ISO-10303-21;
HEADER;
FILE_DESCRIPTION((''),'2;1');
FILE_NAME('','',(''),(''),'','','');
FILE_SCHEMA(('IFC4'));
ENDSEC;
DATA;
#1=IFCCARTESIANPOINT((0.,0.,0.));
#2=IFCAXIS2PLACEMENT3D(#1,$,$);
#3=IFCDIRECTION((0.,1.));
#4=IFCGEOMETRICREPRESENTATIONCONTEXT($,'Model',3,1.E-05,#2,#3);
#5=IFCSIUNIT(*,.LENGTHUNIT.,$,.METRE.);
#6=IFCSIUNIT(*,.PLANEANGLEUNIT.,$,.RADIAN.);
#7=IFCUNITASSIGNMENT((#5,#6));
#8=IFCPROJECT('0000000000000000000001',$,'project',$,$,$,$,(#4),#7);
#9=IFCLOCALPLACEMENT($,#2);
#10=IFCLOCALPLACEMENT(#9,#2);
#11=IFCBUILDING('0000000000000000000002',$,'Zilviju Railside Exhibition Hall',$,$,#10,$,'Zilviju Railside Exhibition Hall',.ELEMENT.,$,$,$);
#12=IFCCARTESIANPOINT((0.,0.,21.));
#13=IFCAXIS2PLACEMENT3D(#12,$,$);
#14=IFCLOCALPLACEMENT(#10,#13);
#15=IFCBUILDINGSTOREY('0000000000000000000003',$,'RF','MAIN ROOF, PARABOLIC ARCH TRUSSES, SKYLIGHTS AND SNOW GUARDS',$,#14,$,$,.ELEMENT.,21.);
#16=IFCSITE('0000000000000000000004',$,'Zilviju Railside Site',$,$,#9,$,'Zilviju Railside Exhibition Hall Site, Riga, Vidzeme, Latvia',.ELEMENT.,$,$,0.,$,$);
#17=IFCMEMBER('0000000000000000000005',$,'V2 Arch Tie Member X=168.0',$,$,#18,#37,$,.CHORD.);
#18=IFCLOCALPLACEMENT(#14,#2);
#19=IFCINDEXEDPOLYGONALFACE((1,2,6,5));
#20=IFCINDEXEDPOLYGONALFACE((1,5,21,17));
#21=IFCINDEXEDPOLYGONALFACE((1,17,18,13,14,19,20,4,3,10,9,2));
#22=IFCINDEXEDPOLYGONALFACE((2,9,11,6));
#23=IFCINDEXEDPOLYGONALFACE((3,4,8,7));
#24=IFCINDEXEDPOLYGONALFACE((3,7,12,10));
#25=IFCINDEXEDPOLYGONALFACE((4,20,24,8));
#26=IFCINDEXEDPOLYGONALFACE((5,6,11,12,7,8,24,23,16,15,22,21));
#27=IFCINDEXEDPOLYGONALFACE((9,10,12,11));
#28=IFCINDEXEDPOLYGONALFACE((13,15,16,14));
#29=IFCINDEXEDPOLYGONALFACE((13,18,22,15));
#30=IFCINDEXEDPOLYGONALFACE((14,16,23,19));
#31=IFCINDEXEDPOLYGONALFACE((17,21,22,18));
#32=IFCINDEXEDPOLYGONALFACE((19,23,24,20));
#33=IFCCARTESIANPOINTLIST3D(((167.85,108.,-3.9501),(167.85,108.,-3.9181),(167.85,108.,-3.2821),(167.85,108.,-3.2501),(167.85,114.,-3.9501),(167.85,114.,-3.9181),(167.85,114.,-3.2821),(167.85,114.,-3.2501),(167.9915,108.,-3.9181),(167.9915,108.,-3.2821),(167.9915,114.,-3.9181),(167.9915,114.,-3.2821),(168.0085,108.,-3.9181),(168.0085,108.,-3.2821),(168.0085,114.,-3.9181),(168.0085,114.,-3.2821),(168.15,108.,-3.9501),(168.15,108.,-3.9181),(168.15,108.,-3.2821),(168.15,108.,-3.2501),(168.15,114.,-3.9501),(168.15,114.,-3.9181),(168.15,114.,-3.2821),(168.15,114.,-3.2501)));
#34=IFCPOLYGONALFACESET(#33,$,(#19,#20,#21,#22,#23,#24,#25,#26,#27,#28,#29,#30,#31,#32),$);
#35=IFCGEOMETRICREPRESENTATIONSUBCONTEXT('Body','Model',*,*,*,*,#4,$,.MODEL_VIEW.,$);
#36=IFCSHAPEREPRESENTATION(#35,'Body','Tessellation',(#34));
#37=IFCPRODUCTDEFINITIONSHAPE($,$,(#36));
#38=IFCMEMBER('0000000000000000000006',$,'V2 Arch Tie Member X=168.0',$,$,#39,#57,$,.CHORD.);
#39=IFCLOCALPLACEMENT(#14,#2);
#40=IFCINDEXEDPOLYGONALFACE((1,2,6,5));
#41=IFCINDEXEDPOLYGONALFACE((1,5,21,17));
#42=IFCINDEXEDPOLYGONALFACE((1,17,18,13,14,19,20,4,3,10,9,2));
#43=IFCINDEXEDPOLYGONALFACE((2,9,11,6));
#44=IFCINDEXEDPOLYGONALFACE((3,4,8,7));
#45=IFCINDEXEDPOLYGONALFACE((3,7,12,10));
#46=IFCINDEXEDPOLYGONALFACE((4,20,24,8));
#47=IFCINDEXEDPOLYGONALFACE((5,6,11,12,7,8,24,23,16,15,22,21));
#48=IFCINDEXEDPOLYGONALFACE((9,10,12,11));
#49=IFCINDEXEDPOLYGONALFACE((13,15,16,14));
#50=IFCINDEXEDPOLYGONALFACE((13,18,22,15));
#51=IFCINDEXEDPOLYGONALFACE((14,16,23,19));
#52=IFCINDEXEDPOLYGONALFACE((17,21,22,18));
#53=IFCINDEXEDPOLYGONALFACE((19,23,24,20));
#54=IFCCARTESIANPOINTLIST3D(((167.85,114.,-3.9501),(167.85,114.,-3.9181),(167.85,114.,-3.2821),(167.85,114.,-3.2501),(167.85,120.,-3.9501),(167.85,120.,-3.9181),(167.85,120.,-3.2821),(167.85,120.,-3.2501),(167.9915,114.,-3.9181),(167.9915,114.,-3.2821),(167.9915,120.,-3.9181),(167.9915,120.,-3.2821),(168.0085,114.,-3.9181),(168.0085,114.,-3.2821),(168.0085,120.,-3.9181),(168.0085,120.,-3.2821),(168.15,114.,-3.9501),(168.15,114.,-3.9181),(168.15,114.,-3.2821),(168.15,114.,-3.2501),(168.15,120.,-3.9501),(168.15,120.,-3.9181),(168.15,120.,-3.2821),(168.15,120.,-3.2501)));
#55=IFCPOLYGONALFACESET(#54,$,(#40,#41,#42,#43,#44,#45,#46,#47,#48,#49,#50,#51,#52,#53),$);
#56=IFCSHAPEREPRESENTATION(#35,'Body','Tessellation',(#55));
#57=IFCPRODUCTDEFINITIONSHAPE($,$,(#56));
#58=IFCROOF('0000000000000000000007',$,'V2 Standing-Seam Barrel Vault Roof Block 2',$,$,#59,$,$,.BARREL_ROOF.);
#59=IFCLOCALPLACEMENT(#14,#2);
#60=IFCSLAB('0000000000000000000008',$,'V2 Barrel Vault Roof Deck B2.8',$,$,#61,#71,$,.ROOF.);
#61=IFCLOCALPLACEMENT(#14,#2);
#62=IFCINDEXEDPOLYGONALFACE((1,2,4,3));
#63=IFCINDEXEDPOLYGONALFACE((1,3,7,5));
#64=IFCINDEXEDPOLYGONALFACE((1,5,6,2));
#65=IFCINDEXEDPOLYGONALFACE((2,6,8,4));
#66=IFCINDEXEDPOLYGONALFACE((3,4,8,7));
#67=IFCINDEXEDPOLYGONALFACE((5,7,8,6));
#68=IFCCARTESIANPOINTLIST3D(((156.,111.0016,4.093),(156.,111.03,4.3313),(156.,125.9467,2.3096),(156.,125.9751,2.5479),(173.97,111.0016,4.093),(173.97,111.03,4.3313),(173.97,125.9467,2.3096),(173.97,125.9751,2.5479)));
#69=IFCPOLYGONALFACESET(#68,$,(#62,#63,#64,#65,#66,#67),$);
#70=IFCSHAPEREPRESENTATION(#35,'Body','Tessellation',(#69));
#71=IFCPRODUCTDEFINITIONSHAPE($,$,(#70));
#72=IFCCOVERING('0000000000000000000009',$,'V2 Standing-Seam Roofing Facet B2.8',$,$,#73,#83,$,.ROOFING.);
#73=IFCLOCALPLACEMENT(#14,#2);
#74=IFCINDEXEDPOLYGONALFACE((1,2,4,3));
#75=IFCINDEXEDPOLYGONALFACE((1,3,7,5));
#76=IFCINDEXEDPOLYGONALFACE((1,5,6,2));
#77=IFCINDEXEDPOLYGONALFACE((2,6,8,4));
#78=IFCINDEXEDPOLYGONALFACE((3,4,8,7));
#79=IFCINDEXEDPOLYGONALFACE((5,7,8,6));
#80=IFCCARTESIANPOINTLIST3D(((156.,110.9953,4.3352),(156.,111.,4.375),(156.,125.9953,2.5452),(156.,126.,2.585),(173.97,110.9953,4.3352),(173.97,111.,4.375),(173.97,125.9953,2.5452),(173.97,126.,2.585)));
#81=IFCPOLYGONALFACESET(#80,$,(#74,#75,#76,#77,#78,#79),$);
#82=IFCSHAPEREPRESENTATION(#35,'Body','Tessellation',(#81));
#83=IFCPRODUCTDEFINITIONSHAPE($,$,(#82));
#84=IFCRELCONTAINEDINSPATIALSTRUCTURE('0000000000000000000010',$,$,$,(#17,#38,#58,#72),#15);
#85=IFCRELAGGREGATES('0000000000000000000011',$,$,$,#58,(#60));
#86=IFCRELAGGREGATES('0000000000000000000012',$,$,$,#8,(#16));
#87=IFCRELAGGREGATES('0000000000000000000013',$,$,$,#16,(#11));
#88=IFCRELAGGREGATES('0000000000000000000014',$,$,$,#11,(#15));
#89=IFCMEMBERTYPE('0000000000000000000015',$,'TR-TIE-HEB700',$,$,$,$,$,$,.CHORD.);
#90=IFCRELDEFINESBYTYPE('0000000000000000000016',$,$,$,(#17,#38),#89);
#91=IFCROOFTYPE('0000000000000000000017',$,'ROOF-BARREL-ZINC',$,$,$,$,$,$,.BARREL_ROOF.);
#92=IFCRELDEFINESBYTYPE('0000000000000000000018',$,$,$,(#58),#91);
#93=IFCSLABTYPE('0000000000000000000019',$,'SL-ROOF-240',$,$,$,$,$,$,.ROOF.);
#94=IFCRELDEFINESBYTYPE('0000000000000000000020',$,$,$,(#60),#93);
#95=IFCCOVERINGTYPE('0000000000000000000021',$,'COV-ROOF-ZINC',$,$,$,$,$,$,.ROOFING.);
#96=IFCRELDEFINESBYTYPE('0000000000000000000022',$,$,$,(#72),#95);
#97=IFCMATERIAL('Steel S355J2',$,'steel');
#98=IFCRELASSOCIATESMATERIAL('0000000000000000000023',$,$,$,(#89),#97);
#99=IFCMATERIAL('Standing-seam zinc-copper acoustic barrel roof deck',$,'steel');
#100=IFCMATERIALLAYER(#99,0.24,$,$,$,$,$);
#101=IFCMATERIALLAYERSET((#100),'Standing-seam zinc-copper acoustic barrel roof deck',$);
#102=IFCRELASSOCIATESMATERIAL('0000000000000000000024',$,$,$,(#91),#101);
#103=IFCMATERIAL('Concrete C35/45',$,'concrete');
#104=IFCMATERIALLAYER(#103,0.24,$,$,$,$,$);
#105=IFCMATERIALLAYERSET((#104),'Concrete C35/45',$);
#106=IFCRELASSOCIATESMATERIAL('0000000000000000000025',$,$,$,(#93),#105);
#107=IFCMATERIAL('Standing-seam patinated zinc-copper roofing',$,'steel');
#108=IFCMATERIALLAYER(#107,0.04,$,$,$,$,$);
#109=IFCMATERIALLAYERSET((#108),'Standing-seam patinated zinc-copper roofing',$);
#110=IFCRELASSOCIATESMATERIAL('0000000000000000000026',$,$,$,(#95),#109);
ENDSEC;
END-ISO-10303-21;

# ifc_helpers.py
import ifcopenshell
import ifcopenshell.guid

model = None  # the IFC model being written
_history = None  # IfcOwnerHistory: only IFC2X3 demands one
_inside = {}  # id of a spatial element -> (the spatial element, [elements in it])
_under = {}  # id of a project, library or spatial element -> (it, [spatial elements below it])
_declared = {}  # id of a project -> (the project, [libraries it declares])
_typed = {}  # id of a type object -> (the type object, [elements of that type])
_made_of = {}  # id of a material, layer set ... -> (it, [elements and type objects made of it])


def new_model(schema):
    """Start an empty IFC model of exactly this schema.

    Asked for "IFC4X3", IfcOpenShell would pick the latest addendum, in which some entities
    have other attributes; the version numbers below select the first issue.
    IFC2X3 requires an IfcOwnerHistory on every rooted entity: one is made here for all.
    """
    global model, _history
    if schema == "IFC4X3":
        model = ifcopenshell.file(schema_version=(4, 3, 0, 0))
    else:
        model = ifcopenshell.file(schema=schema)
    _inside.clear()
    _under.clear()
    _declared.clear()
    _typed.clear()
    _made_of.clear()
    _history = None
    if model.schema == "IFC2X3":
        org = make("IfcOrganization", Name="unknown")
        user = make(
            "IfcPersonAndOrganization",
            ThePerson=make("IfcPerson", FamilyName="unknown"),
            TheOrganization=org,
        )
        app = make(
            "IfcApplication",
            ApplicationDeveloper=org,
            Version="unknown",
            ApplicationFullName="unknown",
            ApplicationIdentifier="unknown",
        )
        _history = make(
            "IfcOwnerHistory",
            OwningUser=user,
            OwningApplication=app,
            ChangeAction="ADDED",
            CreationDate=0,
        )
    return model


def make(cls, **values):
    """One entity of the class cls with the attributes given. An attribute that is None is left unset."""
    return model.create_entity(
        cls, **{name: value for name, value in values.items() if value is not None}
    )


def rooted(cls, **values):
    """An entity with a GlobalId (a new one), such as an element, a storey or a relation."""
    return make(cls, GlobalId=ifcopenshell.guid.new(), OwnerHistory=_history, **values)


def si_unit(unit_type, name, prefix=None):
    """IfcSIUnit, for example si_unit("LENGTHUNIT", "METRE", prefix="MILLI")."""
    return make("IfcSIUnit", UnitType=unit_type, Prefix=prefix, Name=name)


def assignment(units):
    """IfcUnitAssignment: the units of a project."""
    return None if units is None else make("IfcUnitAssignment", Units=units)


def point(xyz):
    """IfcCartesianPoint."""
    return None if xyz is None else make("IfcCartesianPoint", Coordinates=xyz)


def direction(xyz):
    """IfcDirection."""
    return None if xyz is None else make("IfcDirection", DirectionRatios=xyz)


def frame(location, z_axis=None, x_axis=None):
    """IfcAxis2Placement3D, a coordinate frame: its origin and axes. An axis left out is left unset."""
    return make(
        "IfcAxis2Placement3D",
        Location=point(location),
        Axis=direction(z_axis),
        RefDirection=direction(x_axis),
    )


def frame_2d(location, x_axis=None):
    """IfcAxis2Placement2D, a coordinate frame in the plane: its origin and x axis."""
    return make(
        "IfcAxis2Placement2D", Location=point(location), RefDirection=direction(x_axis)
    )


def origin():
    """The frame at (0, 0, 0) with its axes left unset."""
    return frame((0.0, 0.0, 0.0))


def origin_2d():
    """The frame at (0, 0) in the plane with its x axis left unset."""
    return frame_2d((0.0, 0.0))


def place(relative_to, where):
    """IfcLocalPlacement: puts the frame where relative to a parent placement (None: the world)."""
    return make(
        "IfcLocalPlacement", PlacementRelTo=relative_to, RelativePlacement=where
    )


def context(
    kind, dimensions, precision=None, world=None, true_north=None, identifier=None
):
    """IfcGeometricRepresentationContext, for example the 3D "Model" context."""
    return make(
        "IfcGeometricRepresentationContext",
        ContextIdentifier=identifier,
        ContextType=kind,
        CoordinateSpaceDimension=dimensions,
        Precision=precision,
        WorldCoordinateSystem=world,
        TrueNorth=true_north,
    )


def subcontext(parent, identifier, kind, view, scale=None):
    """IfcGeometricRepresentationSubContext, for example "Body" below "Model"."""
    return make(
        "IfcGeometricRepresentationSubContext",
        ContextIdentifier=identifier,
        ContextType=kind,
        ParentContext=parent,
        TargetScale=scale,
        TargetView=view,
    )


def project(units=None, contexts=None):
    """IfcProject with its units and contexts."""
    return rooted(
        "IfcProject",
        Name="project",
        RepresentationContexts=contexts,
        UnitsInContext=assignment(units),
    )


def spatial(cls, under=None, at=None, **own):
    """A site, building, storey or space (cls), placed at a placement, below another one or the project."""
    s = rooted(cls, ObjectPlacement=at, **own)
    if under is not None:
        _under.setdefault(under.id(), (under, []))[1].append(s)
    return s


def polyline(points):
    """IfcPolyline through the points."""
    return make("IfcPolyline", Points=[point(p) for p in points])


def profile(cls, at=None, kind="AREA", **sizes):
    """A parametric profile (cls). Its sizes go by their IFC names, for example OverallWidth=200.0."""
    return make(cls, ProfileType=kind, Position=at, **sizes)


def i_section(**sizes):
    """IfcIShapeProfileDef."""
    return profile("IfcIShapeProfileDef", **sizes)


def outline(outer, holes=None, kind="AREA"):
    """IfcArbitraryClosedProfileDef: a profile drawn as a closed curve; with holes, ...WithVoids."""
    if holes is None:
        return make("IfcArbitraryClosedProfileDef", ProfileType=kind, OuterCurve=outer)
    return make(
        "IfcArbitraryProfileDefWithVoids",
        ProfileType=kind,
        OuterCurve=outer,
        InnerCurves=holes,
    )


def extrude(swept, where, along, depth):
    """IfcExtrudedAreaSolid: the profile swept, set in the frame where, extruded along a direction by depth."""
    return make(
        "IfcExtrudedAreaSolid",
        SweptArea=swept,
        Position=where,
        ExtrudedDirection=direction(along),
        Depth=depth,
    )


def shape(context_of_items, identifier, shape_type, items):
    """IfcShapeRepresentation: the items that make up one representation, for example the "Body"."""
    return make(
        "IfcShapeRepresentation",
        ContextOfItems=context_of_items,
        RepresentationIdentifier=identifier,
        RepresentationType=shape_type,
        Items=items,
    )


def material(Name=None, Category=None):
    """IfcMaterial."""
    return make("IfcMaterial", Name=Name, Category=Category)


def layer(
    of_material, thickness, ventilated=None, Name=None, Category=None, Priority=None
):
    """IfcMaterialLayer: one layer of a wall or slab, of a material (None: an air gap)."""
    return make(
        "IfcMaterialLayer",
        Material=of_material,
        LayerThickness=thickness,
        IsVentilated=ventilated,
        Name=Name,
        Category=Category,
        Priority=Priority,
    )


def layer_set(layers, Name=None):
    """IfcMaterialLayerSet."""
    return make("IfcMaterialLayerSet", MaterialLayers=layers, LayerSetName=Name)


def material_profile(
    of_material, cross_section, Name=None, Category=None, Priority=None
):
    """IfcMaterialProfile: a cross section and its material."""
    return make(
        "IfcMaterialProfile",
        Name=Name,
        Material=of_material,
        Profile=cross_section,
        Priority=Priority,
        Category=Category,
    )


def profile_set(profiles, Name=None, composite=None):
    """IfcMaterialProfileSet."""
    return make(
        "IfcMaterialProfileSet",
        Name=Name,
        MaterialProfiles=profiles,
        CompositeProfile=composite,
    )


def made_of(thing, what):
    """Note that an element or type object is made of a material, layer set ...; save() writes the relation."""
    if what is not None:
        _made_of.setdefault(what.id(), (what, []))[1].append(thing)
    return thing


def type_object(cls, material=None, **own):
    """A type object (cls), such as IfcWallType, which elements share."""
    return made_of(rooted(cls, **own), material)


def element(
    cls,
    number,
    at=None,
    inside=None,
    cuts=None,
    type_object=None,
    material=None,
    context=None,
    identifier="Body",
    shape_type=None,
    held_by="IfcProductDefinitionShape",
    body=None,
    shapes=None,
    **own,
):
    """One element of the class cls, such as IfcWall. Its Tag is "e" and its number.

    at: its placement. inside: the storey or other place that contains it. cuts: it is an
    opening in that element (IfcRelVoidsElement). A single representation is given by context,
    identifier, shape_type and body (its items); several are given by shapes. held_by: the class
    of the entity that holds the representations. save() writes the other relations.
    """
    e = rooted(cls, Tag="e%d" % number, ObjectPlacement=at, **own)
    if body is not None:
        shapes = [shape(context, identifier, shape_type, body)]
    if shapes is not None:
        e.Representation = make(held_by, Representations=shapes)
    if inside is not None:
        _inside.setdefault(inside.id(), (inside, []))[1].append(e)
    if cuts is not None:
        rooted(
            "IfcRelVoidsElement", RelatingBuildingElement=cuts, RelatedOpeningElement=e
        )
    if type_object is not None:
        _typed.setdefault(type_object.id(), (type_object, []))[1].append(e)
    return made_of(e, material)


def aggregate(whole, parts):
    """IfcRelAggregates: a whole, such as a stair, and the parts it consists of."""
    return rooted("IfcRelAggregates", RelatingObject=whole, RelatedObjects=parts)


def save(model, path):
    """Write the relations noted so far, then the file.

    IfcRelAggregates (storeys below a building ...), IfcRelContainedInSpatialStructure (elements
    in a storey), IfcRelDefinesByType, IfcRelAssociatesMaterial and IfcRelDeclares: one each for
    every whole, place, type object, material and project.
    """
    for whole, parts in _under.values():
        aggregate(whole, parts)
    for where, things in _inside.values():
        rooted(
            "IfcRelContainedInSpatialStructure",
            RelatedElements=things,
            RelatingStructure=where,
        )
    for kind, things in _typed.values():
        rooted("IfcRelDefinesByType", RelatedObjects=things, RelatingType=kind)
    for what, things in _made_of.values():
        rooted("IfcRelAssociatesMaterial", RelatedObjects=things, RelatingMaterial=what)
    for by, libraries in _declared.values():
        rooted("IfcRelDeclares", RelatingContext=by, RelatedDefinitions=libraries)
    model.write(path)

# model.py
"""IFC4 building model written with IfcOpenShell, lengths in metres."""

from ifc_helpers import new_model, si_unit, direction, frame, origin, origin_2d, place, context, subcontext, project, spatial, polyline, i_section, outline, extrude, material, layer, layer_set, material_profile, profile_set, type_object, element, aggregate, save


model = new_model("IFC4")

# Units and contexts
model_context = context("Model", 3, precision=1e-05, world=origin(), true_north=direction((0.0, 1.0)))
body_context = subcontext(model_context, "Body", "Model", "MODEL_VIEW")
ifc_project = project(units=[si_unit("LENGTHUNIT", "METRE"), si_unit("PLANEANGLEUNIT", "RADIAN")], contexts=[model_context])

# Site, building, storey
site_placement = place(None, origin())
site = spatial("IfcSite", under=ifc_project, at=site_placement, Name="Zilviju Railside Site", LongName="Zilviju Railside Exhibition Hall Site, Riga, Vidzeme, Latvia", CompositionType="ELEMENT", RefElevation=0.0)
building_placement = place(site_placement, origin())
building = spatial("IfcBuilding", under=site, at=building_placement, Name="Zilviju Railside Exhibition Hall", LongName="Zilviju Railside Exhibition Hall", CompositionType="ELEMENT")
storey_placement = place(building_placement, frame((0.0, 0.0, 21.0)))
storey = spatial("IfcBuildingStorey", under=building, at=storey_placement, Name="RF", Description="MAIN ROOF, PARABOLIC ARCH TRUSSES, SKYLIGHTS AND SNOW GUARDS", CompositionType="ELEMENT", Elevation=21.0)

# Members
ifc_material_1 = material(Name="Steel S355J2", Category="steel")
ifc_material_profile_1 = material_profile(ifc_material_1, i_section(OverallWidth=0.3, OverallDepth=0.7, WebThickness=0.0171, FlangeThickness=0.032, at=origin_2d()), Name="HEB 700")
ifc_profile_set_1 = profile_set([ifc_material_profile_1], Name="Steel S355J2")
member_type_1 = type_object("IfcMemberType", Name="TR-TIE-HEB700", PredefinedType="CHORD", material=ifc_profile_set_1)
for number, where, z_axis, x_axis, name in (
    (1, (168.0, 108.0, -3.6001), (0.0, 1.0, 0.0), (-1.0, 0.0, 0.0), "V2 Arch Tie Member X=168.0"),
    (2, (168.0, 114.0, -3.6001), (0.0, 1.0, 0.0), (-1.0, 0.0, 0.0), "V2 Arch Tie Member X=168.0"),
):
    element("IfcMember", number, at=place(storey_placement, frame(where, z_axis=z_axis, x_axis=x_axis)), inside=storey, type_object=member_type_1, Name=name, PredefinedType="CHORD", context=body_context, shape_type="SweptSolid", body=[
        extrude(i_section(OverallWidth=0.3, OverallDepth=0.7, WebThickness=0.0171, FlangeThickness=0.032, at=origin_2d()), origin(), (0.0, 0.0, 1.0), 6.0),
    ])

# Roof, slab
ifc_material_2 = material(Name="Standing-seam zinc-copper acoustic barrel roof deck", Category="steel")
ifc_layer_1 = layer(ifc_material_2, 0.24)
ifc_layer_set_1 = layer_set([ifc_layer_1], Name="Standing-seam zinc-copper acoustic barrel roof deck")
roof_type = type_object("IfcRoofType", Name="ROOF-BARREL-ZINC", PredefinedType="BARREL_ROOF", material=ifc_layer_set_1)
roof_placement = place(storey_placement, origin())
roof = element("IfcRoof", 3, at=roof_placement, inside=storey, type_object=roof_type, Name="V2 Standing-Seam Barrel Vault Roof Block 2", PredefinedType="BARREL_ROOF")
ifc_material_3 = material(Name="Concrete C35/45", Category="concrete")
ifc_layer_2 = layer(ifc_material_3, 0.24)
ifc_layer_set_2 = layer_set([ifc_layer_2], Name="Concrete C35/45")
slab_type = type_object("IfcSlabType", Name="SL-ROOF-240", PredefinedType="ROOF", material=ifc_layer_set_2)
slab_placement = place(storey_placement, frame((156.0, 111.03, 4.3313), z_axis=(0.0, 0.118493, 0.992955), x_axis=(1.0, 0.0, 0.0)))
slab = element("IfcSlab", 4, at=slab_placement, type_object=slab_type, Name="V2 Barrel Vault Roof Deck B2.8", PredefinedType="ROOF", context=body_context, shape_type="SweptSolid", body=[
    extrude(outline(polyline([(0.0, 0.0), (17.97, 0.0), (17.97, 15.0511), (0.0, 15.0511), (0.0, 0.0)])), origin(), (0.0, 0.0, -1.0), 0.24),
])
aggregate(roof, [slab])

# Covering
ifc_material_4 = material(Name="Standing-seam patinated zinc-copper roofing", Category="steel")
ifc_layer_3 = layer(ifc_material_4, 0.04)
ifc_layer_set_3 = layer_set([ifc_layer_3], Name="Standing-seam patinated zinc-copper roofing")
covering_type = type_object("IfcCoveringType", Name="COV-ROOF-ZINC", PredefinedType="ROOFING", material=ifc_layer_set_3)
covering_placement = place(storey_placement, frame((156.0, 111.0, 4.375), z_axis=(0.0, 0.118495, 0.992955), x_axis=(1.0, 0.0, 0.0)))
element("IfcCovering", 5, at=covering_placement, inside=storey, type_object=covering_type, Name="V2 Standing-Seam Roofing Facet B2.8", PredefinedType="ROOFING", context=body_context, shape_type="SweptSolid", body=[
    extrude(outline(polyline([(0.0, 0.0), (17.97, 0.0), (17.97, 15.1064), (0.0, 15.1064), (0.0, 0.0)])), origin(), (0.0, 0.0, -1.0), 0.04),
])

save(model, "model.ifc")
